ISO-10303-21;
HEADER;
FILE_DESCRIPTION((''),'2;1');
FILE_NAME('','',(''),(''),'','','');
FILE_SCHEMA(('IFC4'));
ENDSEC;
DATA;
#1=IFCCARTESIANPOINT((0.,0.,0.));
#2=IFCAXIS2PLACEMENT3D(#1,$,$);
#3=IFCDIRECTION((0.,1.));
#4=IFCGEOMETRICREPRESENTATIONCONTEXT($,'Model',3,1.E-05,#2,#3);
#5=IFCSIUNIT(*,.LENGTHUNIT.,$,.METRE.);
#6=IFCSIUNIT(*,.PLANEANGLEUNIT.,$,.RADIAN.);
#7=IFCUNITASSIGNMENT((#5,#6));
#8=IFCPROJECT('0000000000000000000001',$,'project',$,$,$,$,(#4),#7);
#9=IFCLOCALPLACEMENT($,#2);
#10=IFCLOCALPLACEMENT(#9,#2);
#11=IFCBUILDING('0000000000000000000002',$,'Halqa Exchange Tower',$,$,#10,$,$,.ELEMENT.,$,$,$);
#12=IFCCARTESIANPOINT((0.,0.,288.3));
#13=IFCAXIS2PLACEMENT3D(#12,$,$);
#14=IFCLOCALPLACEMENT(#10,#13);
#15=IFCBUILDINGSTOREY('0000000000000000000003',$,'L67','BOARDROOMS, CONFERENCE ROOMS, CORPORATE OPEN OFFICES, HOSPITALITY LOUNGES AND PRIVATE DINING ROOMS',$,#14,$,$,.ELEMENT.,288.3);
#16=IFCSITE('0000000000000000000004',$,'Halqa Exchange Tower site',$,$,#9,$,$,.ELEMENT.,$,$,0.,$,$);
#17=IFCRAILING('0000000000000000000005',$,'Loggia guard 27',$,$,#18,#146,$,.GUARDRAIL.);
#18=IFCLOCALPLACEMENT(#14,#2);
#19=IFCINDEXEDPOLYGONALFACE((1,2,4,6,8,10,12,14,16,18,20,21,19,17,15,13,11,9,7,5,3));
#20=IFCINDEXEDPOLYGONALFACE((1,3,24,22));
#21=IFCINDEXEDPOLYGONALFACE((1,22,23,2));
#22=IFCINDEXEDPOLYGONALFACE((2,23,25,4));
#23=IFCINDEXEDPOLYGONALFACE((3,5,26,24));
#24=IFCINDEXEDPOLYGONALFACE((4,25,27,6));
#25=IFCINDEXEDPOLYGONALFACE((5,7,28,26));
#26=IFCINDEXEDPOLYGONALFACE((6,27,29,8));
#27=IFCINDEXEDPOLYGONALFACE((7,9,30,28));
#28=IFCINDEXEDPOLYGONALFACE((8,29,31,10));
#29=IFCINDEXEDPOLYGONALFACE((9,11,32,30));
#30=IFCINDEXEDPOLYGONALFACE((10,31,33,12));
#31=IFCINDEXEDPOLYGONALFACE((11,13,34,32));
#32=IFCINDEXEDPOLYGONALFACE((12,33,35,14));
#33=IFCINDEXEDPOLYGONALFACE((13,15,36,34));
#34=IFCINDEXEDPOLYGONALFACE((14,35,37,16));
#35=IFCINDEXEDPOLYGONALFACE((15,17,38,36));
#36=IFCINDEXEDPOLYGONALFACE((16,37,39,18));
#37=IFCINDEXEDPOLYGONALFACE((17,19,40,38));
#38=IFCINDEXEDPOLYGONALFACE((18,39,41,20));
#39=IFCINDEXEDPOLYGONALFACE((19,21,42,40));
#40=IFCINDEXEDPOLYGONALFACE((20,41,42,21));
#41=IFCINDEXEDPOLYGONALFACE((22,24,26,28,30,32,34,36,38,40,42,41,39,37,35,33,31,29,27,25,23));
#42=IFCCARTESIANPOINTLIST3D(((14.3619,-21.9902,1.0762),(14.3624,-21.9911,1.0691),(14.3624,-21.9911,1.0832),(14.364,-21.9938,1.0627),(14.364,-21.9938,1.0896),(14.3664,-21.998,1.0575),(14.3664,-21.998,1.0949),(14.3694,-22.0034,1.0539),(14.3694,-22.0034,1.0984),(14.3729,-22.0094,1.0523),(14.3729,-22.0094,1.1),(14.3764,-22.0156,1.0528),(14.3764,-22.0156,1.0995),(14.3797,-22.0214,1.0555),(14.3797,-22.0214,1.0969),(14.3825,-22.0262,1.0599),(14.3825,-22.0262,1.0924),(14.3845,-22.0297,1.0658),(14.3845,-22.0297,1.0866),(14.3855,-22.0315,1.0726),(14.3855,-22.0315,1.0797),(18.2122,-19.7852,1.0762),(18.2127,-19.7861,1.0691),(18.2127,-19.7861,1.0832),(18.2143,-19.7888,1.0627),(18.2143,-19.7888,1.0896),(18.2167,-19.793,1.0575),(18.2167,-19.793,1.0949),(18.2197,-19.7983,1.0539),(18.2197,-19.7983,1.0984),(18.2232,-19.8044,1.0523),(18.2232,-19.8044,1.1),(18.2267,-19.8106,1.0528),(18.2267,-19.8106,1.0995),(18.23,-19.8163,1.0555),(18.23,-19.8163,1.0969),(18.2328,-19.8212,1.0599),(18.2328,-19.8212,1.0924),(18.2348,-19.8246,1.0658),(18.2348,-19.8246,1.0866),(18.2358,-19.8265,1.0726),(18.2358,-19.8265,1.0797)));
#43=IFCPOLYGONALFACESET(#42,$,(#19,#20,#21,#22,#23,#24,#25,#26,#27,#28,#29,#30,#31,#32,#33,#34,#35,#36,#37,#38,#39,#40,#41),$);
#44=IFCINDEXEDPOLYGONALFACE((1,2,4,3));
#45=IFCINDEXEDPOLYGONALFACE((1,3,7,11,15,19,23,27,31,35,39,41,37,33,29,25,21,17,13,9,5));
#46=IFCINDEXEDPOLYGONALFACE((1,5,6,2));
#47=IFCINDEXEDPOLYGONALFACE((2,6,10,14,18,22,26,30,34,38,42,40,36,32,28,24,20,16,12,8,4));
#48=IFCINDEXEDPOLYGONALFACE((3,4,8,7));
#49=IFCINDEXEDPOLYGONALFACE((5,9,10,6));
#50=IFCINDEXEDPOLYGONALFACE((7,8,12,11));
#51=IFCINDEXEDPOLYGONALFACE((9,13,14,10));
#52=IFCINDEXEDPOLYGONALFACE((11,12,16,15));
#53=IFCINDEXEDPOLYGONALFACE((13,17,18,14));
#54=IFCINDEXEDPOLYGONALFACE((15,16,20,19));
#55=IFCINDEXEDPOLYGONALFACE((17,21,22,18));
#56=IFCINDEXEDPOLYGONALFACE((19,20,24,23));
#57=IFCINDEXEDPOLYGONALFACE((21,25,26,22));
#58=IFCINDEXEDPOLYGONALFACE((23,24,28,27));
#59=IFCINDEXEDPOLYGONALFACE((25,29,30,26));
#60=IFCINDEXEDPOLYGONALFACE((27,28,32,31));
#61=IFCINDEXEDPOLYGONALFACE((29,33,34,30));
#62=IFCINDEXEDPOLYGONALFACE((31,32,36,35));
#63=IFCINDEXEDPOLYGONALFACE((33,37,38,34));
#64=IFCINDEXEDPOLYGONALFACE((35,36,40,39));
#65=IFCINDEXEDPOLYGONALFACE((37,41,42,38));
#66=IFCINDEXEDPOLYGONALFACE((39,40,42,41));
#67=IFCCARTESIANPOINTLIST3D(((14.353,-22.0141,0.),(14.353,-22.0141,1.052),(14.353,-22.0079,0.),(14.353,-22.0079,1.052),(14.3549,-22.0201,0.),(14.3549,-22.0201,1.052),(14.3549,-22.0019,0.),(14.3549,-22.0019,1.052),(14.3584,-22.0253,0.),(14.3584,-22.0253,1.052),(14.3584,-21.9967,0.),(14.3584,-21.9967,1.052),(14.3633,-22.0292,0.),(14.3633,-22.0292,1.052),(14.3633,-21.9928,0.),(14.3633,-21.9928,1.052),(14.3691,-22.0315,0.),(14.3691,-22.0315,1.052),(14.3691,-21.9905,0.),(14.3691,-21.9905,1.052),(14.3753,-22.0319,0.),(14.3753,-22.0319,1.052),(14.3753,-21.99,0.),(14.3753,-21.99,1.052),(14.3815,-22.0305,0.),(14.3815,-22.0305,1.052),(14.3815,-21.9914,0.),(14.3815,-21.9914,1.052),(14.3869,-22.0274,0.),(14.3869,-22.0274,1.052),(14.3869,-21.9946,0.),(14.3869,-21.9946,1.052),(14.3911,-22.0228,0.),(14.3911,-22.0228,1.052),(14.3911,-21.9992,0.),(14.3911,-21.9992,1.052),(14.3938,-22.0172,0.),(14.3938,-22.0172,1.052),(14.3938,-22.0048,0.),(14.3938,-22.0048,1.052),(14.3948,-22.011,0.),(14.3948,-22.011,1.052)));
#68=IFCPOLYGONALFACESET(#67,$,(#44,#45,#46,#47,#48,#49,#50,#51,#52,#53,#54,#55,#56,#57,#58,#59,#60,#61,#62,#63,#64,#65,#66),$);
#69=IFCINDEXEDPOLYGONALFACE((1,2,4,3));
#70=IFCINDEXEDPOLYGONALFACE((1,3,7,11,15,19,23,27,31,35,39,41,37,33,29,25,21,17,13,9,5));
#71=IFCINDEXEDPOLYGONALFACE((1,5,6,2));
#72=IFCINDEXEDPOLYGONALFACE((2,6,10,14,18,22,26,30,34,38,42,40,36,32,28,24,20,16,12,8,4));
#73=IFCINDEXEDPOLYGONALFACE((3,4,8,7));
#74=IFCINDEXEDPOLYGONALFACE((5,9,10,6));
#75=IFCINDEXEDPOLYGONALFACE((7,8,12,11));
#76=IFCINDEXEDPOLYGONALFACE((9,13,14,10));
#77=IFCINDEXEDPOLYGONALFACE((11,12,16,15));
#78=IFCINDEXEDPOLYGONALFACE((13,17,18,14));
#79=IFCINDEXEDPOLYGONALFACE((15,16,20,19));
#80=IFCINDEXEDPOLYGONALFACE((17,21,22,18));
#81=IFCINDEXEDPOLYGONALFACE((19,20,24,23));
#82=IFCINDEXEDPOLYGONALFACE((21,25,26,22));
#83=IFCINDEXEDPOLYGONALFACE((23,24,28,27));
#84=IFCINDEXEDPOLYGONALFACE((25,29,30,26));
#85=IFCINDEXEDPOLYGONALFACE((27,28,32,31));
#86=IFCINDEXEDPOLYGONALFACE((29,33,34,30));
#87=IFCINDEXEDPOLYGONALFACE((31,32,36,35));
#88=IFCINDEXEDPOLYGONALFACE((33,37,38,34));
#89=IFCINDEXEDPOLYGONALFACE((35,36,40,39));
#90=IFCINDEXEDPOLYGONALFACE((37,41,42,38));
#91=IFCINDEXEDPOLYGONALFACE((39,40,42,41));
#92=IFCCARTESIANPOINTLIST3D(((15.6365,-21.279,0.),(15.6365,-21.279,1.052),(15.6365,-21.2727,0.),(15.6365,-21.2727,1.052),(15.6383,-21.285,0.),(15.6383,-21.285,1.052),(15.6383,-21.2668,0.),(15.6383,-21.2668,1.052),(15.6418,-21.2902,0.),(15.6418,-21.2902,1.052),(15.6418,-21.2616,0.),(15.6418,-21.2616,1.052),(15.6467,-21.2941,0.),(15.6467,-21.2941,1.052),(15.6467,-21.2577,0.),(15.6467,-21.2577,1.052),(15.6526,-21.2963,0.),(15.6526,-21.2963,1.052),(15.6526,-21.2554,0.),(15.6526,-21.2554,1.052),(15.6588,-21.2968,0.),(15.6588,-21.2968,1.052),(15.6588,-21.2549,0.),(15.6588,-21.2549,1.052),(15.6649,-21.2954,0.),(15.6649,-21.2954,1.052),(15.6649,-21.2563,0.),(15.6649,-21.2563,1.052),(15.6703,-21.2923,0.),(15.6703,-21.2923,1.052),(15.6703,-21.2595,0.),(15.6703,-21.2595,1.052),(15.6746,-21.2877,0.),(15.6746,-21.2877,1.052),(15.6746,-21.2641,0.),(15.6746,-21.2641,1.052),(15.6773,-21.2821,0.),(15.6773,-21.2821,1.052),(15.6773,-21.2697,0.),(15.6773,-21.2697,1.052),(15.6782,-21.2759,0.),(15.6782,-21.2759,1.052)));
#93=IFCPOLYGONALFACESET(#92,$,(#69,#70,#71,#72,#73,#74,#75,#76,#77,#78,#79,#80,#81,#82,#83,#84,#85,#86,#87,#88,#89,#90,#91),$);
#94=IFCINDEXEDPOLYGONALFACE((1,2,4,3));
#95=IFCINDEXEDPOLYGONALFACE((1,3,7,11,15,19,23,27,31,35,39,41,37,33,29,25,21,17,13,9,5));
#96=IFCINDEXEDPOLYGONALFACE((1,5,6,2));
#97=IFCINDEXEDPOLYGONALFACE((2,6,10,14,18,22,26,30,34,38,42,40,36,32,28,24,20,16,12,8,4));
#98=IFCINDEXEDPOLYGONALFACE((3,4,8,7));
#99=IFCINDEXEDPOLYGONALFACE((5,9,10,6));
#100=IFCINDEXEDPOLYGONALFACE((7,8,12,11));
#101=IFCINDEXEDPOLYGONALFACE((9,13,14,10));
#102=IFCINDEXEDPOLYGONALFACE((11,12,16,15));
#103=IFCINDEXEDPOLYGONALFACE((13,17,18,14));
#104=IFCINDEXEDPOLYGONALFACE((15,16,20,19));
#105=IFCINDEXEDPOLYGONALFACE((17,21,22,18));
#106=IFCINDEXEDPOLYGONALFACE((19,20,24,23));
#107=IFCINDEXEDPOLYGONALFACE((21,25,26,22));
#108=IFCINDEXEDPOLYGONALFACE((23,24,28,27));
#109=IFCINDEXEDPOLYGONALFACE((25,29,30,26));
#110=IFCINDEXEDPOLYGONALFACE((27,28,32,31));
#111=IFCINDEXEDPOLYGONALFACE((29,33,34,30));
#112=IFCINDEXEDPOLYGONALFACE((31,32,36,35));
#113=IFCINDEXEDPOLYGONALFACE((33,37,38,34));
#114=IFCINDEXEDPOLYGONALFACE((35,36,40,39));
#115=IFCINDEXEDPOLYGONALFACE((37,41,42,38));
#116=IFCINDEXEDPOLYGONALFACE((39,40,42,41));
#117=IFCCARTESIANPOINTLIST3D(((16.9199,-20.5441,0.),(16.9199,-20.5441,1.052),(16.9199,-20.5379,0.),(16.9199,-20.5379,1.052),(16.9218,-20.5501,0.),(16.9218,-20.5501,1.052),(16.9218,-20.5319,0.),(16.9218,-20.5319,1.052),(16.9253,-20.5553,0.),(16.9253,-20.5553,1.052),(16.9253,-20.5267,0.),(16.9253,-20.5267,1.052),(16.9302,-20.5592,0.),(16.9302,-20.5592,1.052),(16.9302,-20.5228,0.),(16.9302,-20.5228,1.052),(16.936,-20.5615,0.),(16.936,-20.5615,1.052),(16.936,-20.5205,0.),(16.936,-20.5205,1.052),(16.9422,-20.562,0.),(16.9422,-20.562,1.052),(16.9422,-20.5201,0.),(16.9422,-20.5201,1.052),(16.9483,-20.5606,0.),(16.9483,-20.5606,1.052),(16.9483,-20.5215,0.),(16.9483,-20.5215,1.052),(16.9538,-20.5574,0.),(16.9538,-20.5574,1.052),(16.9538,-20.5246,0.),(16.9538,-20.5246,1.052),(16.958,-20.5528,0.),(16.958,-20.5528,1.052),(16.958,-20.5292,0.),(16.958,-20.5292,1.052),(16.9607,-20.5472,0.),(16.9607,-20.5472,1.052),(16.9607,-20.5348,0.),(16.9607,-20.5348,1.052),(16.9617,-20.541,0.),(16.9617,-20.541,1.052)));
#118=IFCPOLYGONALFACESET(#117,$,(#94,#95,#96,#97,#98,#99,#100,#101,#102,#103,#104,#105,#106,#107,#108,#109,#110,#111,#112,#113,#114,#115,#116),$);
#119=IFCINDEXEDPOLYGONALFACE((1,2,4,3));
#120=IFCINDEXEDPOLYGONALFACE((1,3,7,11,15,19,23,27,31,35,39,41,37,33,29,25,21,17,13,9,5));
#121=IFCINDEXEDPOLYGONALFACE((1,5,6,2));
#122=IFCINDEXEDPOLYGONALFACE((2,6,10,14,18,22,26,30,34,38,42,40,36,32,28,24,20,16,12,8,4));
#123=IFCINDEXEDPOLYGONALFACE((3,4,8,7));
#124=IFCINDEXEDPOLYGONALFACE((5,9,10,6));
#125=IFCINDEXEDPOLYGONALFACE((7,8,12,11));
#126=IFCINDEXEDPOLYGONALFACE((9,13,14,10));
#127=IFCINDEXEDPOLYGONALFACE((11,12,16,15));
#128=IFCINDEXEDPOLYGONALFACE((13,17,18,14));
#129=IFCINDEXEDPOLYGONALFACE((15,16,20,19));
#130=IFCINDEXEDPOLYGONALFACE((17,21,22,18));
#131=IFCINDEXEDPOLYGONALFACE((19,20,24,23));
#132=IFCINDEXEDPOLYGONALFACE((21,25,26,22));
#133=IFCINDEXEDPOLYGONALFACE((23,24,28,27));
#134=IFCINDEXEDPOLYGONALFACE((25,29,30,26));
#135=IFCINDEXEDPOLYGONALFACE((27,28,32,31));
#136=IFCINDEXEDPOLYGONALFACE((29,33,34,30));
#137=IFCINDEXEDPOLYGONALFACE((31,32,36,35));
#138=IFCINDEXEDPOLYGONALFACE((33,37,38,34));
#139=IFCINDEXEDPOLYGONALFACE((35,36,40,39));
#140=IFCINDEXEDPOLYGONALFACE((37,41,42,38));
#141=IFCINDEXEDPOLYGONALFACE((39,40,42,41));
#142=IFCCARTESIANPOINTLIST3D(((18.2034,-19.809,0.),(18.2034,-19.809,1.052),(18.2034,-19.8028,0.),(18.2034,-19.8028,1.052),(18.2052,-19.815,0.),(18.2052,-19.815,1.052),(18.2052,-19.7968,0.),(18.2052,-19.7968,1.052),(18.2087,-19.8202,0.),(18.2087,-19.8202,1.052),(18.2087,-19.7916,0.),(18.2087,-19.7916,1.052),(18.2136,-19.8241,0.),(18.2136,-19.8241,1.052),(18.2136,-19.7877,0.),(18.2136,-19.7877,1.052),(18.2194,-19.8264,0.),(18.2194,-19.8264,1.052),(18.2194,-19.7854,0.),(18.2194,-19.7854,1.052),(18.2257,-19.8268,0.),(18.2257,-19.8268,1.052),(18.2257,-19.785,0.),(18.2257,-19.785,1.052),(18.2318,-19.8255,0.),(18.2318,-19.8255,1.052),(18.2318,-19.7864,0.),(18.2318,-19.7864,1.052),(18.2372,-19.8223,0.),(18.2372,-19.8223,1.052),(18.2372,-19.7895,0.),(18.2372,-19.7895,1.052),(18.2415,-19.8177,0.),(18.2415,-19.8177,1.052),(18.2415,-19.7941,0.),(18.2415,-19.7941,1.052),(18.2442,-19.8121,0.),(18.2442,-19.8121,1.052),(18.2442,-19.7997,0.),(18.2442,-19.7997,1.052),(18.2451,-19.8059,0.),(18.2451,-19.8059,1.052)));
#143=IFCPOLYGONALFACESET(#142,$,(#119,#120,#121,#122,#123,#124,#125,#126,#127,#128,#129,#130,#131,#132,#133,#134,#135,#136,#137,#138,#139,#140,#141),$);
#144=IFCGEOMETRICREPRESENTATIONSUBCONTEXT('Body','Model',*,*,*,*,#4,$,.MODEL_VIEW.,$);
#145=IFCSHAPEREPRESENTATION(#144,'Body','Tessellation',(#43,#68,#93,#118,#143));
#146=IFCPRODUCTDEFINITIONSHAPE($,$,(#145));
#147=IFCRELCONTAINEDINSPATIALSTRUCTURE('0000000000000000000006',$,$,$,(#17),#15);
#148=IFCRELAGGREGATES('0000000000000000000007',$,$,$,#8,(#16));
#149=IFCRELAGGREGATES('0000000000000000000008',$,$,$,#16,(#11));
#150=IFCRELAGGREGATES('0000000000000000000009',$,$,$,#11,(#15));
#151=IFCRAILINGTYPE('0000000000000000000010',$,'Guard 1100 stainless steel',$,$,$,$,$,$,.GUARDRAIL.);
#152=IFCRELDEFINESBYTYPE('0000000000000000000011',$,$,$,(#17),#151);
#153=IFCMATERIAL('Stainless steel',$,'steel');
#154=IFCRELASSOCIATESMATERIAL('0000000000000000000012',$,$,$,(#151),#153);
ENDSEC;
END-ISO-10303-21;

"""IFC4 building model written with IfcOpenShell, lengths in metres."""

from ifc_helpers import new_model, si_unit, direction, frame, origin, origin_2d, place, context, subcontext, project, spatial, circle, extrude, material, type_object, element, save


model = new_model("IFC4")

# Units and contexts
model_context = context("Model", 3, precision=1e-05, world=origin(), true_north=direction((0.0, 1.0)))
body_context = subcontext(model_context, "Body", "Model", "MODEL_VIEW")
ifc_project = project(units=[si_unit("LENGTHUNIT", "METRE"), si_unit("PLANEANGLEUNIT", "RADIAN")], contexts=[model_context])

# Site, building, storey
site_placement = place(None, origin())
site = spatial("IfcSite", under=ifc_project, at=site_placement, Name="Halqa Exchange Tower site", CompositionType="ELEMENT", RefElevation=0.0)
building_placement = place(site_placement, origin())
building = spatial("IfcBuilding", under=site, at=building_placement, Name="Halqa Exchange Tower", CompositionType="ELEMENT")
storey_placement = place(building_placement, frame((0.0, 0.0, 288.3)))
storey = spatial("IfcBuildingStorey", under=building, at=storey_placement, Name="L67", Description="BOARDROOMS, CONFERENCE ROOMS, CORPORATE OPEN OFFICES, HOSPITALITY LOUNGES AND PRIVATE DINING ROOMS", CompositionType="ELEMENT", Elevation=288.3)

# Railing
ifc_material_1 = material(Name="Stainless steel", Category="steel")
railing_type = type_object("IfcRailingType", Name="Guard 1100 stainless steel", PredefinedType="GUARDRAIL", material=ifc_material_1)
railing_1_placement = place(storey_placement, frame((14.3738, -22.011, 0.0)))
element("IfcRailing", 1, at=railing_1_placement, inside=storey, type_object=railing_type, Name="Loggia guard 27", PredefinedType="GUARDRAIL", context=body_context, shape_type="SweptSolid", body=[
    extrude(circle(Radius=0.0239, at=origin_2d()), frame((0.0, 0.0, 1.0762), z_axis=(0.867769, 0.496968, 0.0), x_axis=(-0.496968, 0.867769, 0.0)), (0.0, 0.0, 1.0), 4.437),
    extrude(circle(Radius=0.021, at=origin_2d()), origin(), (0.0, 0.0, 1.0), 1.052),
    extrude(circle(Radius=0.021, at=origin_2d()), frame((1.2834, 0.7351, 0.0)), (0.0, 0.0, 1.0), 1.052),
    extrude(circle(Radius=0.021, at=origin_2d()), frame((2.5669, 1.47, 0.0)), (0.0, 0.0, 1.0), 1.052),
    extrude(circle(Radius=0.021, at=origin_2d()), frame((3.8503, 2.2051, 0.0)), (0.0, 0.0, 1.0), 1.052),
])

save(model, "model.ifc")
